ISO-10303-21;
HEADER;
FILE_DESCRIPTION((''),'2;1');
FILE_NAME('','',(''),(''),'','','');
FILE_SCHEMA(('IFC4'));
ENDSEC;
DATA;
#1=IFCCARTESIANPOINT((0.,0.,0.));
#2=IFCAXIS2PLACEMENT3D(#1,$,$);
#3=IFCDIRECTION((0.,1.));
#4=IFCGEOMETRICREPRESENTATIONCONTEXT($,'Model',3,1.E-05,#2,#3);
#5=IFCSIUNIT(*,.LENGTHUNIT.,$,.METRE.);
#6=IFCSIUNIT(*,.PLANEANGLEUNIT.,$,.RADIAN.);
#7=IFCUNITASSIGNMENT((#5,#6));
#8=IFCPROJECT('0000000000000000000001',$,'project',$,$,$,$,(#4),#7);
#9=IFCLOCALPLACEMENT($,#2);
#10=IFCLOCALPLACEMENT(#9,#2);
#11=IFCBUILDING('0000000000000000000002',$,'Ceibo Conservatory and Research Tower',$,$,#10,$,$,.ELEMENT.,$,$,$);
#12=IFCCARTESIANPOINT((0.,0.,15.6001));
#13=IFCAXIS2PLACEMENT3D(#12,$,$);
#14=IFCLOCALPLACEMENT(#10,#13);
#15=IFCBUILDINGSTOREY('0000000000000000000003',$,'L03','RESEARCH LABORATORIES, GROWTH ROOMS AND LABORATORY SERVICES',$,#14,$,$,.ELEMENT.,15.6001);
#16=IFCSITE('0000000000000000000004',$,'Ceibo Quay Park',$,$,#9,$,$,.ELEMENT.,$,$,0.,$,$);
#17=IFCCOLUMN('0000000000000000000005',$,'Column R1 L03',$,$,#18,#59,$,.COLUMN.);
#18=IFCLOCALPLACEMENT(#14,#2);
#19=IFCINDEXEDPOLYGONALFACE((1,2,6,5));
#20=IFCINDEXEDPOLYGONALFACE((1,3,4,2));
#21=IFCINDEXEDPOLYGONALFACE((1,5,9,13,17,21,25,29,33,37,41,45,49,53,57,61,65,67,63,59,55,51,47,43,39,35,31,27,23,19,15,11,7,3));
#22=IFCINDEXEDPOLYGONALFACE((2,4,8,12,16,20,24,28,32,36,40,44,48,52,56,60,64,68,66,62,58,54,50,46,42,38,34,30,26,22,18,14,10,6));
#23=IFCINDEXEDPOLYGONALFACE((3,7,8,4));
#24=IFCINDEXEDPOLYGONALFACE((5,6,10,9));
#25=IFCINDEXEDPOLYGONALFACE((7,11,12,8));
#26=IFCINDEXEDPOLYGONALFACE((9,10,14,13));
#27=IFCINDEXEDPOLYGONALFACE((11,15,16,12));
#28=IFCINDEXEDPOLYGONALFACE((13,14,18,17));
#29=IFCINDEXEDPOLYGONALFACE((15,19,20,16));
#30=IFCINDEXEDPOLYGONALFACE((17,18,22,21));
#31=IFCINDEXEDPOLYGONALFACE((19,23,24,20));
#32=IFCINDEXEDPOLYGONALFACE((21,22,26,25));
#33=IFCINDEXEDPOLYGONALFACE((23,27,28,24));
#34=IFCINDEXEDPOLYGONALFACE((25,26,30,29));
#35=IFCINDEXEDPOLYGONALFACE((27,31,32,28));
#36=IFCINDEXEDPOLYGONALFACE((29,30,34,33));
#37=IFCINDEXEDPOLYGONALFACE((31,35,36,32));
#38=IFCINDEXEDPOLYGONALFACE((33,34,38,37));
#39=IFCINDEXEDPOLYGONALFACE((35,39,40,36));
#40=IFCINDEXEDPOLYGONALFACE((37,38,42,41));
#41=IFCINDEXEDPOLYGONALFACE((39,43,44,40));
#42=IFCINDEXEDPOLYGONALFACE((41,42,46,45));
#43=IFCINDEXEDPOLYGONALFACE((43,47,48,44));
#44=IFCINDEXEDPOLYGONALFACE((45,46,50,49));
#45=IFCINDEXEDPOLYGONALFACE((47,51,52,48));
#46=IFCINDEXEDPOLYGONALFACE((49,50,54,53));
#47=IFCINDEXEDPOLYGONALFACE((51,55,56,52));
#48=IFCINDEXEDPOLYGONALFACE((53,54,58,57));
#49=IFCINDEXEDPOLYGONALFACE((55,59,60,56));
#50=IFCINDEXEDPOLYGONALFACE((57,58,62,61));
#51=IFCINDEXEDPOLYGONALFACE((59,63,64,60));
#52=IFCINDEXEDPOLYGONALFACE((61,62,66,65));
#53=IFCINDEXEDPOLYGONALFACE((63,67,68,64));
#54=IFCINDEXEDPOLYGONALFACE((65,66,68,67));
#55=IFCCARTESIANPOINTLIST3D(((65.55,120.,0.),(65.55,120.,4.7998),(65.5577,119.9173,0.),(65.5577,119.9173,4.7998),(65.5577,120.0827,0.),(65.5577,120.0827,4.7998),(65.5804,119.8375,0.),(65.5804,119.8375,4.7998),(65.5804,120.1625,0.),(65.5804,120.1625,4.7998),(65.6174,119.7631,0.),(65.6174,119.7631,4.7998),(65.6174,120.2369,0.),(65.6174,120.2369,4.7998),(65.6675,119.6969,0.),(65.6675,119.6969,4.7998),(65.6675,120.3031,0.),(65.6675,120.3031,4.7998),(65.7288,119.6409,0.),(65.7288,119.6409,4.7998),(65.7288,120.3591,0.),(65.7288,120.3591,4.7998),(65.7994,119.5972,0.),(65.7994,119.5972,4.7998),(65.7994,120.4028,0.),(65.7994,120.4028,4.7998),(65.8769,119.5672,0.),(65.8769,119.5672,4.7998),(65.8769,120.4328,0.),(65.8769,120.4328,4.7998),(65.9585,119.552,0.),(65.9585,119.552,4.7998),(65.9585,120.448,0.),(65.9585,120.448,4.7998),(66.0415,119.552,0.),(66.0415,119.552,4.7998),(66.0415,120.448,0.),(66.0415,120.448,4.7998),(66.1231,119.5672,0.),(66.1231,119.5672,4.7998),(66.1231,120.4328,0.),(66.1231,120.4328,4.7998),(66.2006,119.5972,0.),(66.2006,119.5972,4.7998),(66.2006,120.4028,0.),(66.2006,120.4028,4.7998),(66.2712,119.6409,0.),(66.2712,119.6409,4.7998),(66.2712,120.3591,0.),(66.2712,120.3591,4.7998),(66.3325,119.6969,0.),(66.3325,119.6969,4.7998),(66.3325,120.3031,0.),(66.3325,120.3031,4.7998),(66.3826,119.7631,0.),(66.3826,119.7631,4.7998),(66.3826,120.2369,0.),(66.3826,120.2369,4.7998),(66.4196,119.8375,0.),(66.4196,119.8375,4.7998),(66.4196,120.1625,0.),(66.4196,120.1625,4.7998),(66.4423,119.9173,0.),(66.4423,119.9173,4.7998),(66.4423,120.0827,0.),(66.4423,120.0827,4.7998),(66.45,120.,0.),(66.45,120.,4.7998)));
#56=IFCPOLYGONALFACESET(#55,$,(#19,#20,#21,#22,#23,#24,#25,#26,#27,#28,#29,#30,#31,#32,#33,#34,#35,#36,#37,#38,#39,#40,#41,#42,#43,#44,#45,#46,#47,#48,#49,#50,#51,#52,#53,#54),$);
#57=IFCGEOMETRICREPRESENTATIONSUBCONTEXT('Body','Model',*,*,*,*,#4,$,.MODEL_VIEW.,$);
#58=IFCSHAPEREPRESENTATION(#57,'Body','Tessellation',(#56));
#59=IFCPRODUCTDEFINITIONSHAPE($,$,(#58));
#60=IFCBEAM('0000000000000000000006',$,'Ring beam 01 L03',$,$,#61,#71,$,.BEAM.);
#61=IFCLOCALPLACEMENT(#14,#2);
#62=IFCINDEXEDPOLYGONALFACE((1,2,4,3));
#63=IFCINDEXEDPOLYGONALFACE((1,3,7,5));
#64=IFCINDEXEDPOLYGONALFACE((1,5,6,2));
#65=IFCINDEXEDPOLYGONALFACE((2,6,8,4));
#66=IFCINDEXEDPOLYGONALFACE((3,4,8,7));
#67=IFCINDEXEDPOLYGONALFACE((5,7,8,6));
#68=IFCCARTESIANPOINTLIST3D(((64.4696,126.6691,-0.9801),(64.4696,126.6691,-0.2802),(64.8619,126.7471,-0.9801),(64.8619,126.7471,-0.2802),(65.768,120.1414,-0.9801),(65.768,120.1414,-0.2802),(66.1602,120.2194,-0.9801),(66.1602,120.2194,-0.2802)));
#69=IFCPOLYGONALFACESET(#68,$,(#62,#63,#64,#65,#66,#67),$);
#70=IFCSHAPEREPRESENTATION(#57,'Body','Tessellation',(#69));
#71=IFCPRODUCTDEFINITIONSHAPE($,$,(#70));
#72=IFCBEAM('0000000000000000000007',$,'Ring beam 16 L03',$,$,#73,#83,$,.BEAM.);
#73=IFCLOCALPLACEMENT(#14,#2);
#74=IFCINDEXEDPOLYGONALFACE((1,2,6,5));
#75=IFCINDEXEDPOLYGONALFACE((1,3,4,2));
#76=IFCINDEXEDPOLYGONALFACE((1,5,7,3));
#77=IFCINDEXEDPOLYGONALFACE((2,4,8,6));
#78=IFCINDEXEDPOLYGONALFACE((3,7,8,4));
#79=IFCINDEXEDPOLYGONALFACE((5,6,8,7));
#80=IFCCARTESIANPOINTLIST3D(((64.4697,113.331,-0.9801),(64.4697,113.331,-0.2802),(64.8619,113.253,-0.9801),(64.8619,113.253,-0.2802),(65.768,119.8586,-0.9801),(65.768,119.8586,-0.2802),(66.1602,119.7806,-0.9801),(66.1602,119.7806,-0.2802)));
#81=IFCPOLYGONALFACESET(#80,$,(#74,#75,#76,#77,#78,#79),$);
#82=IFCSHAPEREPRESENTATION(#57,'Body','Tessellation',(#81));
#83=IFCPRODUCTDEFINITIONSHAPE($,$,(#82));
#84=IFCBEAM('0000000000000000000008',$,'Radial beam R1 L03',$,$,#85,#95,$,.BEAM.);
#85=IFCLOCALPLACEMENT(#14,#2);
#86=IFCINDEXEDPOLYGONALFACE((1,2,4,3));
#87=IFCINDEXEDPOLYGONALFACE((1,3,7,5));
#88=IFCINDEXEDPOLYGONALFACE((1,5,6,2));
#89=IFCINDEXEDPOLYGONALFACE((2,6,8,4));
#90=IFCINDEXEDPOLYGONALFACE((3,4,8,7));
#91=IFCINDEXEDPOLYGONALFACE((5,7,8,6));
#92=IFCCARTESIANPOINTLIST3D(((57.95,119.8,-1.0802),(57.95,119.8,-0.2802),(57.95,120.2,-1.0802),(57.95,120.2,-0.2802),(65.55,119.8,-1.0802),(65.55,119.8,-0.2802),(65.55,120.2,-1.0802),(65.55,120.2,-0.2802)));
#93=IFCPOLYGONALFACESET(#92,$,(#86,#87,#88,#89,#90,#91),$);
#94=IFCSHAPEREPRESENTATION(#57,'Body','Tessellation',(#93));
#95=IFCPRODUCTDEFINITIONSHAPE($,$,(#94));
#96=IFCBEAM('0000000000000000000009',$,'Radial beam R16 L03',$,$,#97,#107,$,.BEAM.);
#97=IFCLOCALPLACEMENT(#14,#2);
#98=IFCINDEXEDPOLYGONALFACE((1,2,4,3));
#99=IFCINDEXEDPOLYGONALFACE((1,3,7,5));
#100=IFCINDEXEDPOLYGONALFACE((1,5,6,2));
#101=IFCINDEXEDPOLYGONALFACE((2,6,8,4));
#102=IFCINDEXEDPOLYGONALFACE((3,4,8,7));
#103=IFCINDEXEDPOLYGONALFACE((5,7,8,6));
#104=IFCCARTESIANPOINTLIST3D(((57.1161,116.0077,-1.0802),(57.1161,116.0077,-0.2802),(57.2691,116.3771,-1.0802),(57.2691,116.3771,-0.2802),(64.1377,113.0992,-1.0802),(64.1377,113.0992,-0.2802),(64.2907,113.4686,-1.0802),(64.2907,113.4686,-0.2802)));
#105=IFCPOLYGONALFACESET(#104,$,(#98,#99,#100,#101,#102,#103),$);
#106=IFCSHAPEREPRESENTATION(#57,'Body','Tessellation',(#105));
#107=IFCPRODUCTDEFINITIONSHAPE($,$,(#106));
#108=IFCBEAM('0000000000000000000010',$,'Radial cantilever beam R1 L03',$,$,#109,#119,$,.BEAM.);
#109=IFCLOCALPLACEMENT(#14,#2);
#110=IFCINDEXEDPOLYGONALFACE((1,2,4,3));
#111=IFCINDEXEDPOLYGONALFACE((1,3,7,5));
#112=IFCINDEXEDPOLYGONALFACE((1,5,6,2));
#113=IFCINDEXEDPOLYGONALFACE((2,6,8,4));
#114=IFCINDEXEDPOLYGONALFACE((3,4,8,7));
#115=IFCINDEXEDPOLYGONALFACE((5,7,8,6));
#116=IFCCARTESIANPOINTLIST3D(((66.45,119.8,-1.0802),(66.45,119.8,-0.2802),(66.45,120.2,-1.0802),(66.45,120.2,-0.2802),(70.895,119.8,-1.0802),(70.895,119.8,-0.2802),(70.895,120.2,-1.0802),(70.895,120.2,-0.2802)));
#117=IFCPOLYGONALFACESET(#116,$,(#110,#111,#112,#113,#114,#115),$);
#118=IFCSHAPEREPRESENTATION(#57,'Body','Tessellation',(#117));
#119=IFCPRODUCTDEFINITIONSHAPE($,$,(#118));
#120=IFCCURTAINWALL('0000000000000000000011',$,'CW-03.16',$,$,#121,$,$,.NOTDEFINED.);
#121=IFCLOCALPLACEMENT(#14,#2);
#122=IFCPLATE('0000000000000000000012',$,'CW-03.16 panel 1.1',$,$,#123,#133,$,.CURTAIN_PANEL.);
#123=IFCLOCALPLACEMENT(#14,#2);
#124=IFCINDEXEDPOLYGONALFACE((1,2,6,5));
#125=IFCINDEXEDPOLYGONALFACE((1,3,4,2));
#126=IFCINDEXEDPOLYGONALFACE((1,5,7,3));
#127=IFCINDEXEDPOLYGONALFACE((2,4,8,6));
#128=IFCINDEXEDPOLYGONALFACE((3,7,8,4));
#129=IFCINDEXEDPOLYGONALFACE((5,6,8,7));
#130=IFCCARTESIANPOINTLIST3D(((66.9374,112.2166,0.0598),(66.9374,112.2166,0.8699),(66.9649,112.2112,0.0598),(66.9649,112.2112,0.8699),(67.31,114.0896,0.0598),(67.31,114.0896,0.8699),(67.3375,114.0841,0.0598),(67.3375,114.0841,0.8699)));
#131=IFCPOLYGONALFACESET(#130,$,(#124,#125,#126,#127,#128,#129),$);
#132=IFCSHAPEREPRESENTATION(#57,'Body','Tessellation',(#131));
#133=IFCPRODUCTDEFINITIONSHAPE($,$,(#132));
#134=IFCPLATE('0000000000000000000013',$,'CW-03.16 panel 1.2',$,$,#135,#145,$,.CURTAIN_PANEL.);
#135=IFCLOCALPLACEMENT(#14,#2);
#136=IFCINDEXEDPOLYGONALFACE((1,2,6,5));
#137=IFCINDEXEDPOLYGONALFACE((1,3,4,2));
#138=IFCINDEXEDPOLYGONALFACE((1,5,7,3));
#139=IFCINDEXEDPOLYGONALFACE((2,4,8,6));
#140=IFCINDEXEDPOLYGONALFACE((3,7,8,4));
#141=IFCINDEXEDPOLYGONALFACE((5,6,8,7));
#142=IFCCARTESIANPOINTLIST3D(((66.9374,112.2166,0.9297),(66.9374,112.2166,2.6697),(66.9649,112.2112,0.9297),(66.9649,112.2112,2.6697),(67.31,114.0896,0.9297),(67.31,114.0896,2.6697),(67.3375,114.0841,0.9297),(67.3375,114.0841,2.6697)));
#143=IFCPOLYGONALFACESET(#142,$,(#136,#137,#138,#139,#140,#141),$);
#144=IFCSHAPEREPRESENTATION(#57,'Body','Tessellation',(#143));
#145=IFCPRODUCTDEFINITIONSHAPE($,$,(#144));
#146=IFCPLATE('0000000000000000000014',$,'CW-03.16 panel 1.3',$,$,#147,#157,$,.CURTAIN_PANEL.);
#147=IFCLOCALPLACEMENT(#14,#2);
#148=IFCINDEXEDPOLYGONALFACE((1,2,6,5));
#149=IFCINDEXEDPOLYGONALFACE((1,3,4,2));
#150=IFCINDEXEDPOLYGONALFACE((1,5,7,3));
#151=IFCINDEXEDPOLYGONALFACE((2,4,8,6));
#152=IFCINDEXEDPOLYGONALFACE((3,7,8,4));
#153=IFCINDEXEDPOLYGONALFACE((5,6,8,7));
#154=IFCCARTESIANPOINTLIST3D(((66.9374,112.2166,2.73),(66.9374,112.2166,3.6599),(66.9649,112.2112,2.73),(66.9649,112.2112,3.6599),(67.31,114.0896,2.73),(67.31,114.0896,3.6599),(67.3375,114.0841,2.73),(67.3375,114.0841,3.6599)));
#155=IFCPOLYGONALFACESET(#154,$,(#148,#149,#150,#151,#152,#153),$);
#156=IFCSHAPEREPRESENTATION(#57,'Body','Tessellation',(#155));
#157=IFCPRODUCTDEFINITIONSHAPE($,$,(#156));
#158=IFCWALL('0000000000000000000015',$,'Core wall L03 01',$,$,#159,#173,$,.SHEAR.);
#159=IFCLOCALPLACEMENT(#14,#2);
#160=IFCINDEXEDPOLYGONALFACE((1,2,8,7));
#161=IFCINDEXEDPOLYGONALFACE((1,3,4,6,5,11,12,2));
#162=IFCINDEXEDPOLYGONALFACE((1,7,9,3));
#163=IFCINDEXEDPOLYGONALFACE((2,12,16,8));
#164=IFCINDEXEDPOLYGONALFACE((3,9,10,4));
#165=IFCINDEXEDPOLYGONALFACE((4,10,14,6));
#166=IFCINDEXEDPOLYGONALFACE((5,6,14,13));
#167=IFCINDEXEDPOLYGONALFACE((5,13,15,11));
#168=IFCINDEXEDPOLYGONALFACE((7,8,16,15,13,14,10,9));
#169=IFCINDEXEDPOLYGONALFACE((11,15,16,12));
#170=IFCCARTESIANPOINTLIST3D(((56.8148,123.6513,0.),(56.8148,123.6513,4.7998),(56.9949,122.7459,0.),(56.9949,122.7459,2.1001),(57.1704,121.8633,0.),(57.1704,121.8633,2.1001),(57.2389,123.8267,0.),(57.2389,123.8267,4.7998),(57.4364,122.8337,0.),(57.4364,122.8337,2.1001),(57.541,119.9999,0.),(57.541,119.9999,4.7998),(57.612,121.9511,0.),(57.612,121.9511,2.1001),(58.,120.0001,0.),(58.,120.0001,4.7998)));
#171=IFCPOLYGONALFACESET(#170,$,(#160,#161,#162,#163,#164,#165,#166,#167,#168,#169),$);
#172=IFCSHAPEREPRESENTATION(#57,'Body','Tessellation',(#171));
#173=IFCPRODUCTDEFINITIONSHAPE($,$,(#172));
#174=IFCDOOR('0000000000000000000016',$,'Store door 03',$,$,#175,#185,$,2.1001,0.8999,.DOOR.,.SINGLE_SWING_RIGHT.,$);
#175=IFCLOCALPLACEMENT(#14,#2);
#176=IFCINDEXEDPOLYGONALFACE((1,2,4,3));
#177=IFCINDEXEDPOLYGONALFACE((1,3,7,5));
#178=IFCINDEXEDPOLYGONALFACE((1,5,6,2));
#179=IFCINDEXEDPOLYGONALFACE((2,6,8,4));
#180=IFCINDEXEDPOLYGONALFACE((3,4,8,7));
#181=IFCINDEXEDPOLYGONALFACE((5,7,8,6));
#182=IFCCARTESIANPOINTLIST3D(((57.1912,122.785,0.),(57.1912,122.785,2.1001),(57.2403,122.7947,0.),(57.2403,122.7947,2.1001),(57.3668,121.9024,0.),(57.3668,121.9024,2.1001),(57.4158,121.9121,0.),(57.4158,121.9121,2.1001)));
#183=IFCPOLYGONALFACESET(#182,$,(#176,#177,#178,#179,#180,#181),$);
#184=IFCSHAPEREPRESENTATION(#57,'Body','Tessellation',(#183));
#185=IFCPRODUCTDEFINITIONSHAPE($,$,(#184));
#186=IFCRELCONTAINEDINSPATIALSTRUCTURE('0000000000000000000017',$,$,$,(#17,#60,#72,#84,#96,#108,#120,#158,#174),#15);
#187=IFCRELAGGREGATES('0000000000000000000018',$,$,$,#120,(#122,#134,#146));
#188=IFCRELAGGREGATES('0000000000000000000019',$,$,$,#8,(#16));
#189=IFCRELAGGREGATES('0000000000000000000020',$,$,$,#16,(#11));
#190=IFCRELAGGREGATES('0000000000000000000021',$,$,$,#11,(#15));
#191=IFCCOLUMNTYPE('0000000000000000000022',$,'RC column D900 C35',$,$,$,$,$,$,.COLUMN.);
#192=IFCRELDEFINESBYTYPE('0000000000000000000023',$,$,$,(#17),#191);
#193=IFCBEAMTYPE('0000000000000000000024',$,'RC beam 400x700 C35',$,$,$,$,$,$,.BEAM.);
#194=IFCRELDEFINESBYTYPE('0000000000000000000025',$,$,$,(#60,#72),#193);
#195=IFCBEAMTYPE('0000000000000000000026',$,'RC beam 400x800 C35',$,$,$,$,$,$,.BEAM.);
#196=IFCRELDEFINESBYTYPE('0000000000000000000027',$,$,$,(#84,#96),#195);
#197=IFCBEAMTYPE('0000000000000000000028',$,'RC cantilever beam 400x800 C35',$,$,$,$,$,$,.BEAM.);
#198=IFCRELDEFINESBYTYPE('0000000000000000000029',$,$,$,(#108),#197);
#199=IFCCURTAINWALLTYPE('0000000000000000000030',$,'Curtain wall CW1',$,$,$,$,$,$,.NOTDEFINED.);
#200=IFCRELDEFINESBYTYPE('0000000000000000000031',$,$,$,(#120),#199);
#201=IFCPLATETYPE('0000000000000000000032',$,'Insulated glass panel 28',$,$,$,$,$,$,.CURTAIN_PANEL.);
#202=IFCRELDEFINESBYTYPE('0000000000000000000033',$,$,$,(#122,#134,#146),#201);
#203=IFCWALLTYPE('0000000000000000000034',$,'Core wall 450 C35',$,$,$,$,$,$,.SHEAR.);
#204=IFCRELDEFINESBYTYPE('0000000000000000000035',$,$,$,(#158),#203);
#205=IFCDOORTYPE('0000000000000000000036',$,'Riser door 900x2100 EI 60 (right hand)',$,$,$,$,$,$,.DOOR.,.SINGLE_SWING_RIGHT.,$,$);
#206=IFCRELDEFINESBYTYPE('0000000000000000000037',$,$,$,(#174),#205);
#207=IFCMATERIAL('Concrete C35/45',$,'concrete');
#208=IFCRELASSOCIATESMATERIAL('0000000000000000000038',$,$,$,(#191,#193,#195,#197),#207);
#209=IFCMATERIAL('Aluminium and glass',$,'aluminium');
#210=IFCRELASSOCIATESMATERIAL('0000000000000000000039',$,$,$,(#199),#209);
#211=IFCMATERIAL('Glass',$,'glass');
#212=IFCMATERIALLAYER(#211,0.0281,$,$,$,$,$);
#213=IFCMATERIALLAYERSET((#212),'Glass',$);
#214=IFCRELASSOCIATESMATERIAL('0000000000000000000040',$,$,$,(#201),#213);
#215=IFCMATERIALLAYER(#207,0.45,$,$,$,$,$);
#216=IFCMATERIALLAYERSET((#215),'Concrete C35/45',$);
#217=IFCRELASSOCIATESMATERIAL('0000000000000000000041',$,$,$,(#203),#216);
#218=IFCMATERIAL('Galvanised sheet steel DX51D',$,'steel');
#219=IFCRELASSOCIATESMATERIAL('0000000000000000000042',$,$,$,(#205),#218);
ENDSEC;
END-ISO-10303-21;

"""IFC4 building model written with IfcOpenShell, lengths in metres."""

from ifc_helpers import new_model, si_unit, direction, frame, frame_2d, origin, origin_2d, place, context, subcontext, project, spatial, polyline, rectangle, circle, outline, extrude, material, layer, layer_set, material_profile, profile_set, type_object, element, fill, aggregate, save


model = new_model("IFC4")

# Units and contexts
model_context = context("Model", 3, precision=1e-05, world=origin(), true_north=direction((0.0, 1.0)))
body_context = subcontext(model_context, "Body", "Model", "MODEL_VIEW")
ifc_project = project(units=[si_unit("LENGTHUNIT", "METRE"), si_unit("PLANEANGLEUNIT", "RADIAN")], contexts=[model_context])

# Site, building, storey
site_placement = place(None, origin())
site = spatial("IfcSite", under=ifc_project, at=site_placement, Name="Ceibo Quay Park", CompositionType="ELEMENT", RefElevation=0.0)
building_placement = place(site_placement, origin())
building = spatial("IfcBuilding", under=site, at=building_placement, Name="Ceibo Conservatory and Research Tower", CompositionType="ELEMENT")
storey_placement = place(building_placement, frame((0.0, 0.0, 15.6001)))
storey = spatial("IfcBuildingStorey", under=building, at=storey_placement, Name="L03", Description="RESEARCH LABORATORIES, GROWTH ROOMS AND LABORATORY SERVICES", CompositionType="ELEMENT", Elevation=15.6001)

# Column
ifc_material_1 = material(Name="Concrete C35/45", Category="concrete")
ifc_material_profile_1 = material_profile(ifc_material_1, circle(Radius=0.45, at=origin_2d()), Name="RC D900")
ifc_profile_set_1 = profile_set([ifc_material_profile_1], Name="Concrete C35/45")
column_type = type_object("IfcColumnType", Name="RC column D900 C35", PredefinedType="COLUMN", material=ifc_profile_set_1)
column_placement = place(storey_placement, frame((66.0, 120.0, 0.0), z_axis=(0.0, 0.0, 1.0), x_axis=(1.0, 0.0, 0.0)))
element("IfcColumn", 1, at=column_placement, inside=storey, type_object=column_type, Name="Column R1 L03", PredefinedType="COLUMN", context=body_context, shape_type="SweptSolid", body=[
    extrude(circle(Radius=0.45, at=origin_2d()), origin(), (0.0, 0.0, 1.0), 4.7998),
])

# Beams
ifc_material_profile_2 = material_profile(ifc_material_1, rectangle(XDim=0.3999, YDim=0.7, at=origin_2d()), Name="RC 400x700")
ifc_profile_set_2 = profile_set([ifc_material_profile_2], Name="Concrete C35/45")
beam_type_1 = type_object("IfcBeamType", Name="RC beam 400x700 C35", PredefinedType="BEAM", material=ifc_profile_set_2)
for number, where, z_axis, x_axis, name in (
    (2, (65.9641, 120.1804, -0.6301), (-0.195079, 0.980788, 0.0), (-0.980788, -0.195079, 0.0), "Ring beam 01 L03"),
    (3, (64.6658, 113.292, -0.6301), (0.195079, 0.980788, 0.0), (-0.980788, 0.195079, 0.0), "Ring beam 16 L03"),
):
    element("IfcBeam", number, at=place(storey_placement, frame(where, z_axis=z_axis, x_axis=x_axis)), inside=storey, type_object=beam_type_1, Name=name, PredefinedType="BEAM", context=body_context, shape_type="SweptSolid", body=[
        extrude(rectangle(XDim=0.3999, YDim=0.7, at=origin_2d()), origin(), (0.0, 0.0, 1.0), 6.6555),
    ])
ifc_material_profile_3 = material_profile(ifc_material_1, rectangle(XDim=0.3999, YDim=0.8, at=origin_2d()), Name="RC 400x800")
ifc_profile_set_3 = profile_set([ifc_material_profile_3], Name="Concrete C35/45")
beam_type_2 = type_object("IfcBeamType", Name="RC beam 400x800 C35", PredefinedType="BEAM", material=ifc_profile_set_3)
for number, where, z_axis, x_axis, name in (
    (4, (57.95, 120.0, -0.6802), (1.0, 0.0, 0.0), (0.0, 1.0, 0.0), "Radial beam R1 L03"),
    (5, (57.1926, 116.1924, -0.6802), (0.923877, -0.382689, 0.0), (0.382689, 0.923877, 0.0), "Radial beam R16 L03"),
):
    element("IfcBeam", number, at=place(storey_placement, frame(where, z_axis=z_axis, x_axis=x_axis)), inside=storey, type_object=beam_type_2, Name=name, PredefinedType="BEAM", context=body_context, shape_type="SweptSolid", body=[
        extrude(rectangle(XDim=0.3999, YDim=0.8, at=origin_2d()), origin(), (0.0, 0.0, 1.0), 7.6001),
    ])
ifc_material_profile_4 = material_profile(ifc_material_1, rectangle(XDim=0.3999, YDim=0.8, at=origin_2d()), Name="RC 400x800")
ifc_profile_set_4 = profile_set([ifc_material_profile_4], Name="Concrete C35/45")
beam_type_3 = type_object("IfcBeamType", Name="RC cantilever beam 400x800 C35", PredefinedType="BEAM", material=ifc_profile_set_4)
beam_placement = place(storey_placement, frame((66.45, 120.0, -0.6802), z_axis=(1.0, 0.0, 0.0), x_axis=(0.0, 1.0, 0.0)))
element("IfcBeam", 6, at=beam_placement, inside=storey, type_object=beam_type_3, Name="Radial cantilever beam R1 L03", PredefinedType="BEAM", context=body_context, shape_type="SweptSolid", body=[
    extrude(rectangle(XDim=0.3999, YDim=0.8, at=origin_2d()), origin(), (0.0, 0.0, 1.0), 4.4451),
])

# Curtain wall, plates
ifc_material_2 = material(Name="Aluminium and glass", Category="aluminium")
curtain_wall_type = type_object("IfcCurtainWallType", Name="Curtain wall CW1", PredefinedType="NOTDEFINED", material=ifc_material_2)
curtain_wall_placement = place(storey_placement, origin())
curtain_wall = element("IfcCurtainWall", 7, at=curtain_wall_placement, inside=storey, type_object=curtain_wall_type, Name="CW-03.16", PredefinedType="NOTDEFINED")
ifc_material_3 = material(Name="Glass", Category="glass")
ifc_layer_1 = layer(ifc_material_3, 0.0281)
ifc_layer_set_1 = layer_set([ifc_layer_1], Name="Glass")
plate_type = type_object("IfcPlateType", Name="Insulated glass panel 28", PredefinedType="CURTAIN_PANEL", material=ifc_layer_set_1)
plate_1_placement = place(storey_placement, frame((67.1375, 113.1504, 0.0598), z_axis=(0.0, 0.0, 1.0), x_axis=(0.19509, 0.980785, 0.0)))
plate_1 = element("IfcPlate", 8, at=plate_1_placement, type_object=plate_type, Name="CW-03.16 panel 1.1", PredefinedType="CURTAIN_PANEL", context=body_context, shape_type="SweptSolid", body=[
    extrude(rectangle(XDim=1.9097, YDim=0.0281, at=origin_2d()), origin(), (0.0, 0.0, 1.0), 0.8101),
])
plate_2_placement = place(storey_placement, frame((67.1375, 113.1504, 0.9297), z_axis=(0.0, 0.0, 1.0), x_axis=(0.19509, 0.980785, 0.0)))
plate_2 = element("IfcPlate", 9, at=plate_2_placement, type_object=plate_type, Name="CW-03.16 panel 1.2", PredefinedType="CURTAIN_PANEL", context=body_context, shape_type="SweptSolid", body=[
    extrude(rectangle(XDim=1.9097, YDim=0.0281, at=origin_2d()), origin(), (0.0, 0.0, 1.0), 1.74),
])
plate_3_placement = place(storey_placement, frame((67.1375, 113.1504, 2.73), z_axis=(0.0, 0.0, 1.0), x_axis=(0.19509, 0.980785, 0.0)))
plate_3 = element("IfcPlate", 10, at=plate_3_placement, type_object=plate_type, Name="CW-03.16 panel 1.3", PredefinedType="CURTAIN_PANEL", context=body_context, shape_type="SweptSolid", body=[
    extrude(rectangle(XDim=1.9097, YDim=0.0281, at=origin_2d()), origin(), (0.0, 0.0, 1.0), 0.9299),
])
aggregate(curtain_wall, [plate_1, plate_2, plate_3])

# Wall, opening, door
ifc_layer_2 = layer(ifc_material_1, 0.45)
ifc_layer_set_2 = layer_set([ifc_layer_2], Name="Concrete C35/45")
wall_type_1 = type_object("IfcWallType", Name="Core wall 450 C35", PredefinedType="SHEAR", material=ifc_layer_set_2)
wall_1_placement = place(storey_placement, frame((57.7705, 120.0, 0.0), z_axis=(0.0, 0.0, 1.0), x_axis=(-0.195069, 0.980789, 0.0)))
wall_1 = element("IfcWall", 11, at=wall_1_placement, inside=storey, type_object=wall_type_1, Name="Core wall L03 01", PredefinedType="SHEAR", context=body_context, shape_type="SweptSolid", body=[
    extrude(outline(polyline([(-0.0447, -0.2251), (3.8569, -0.2251), (3.7676, 0.2251), (0.0447, 0.2251), (-0.0447, -0.2251)])), origin(), (0.0, 0.0, 1.0), 4.7998),
])
opening_1_placement = place(wall_1_placement, frame((1.9446, 0.0, 0.0)))
opening_1 = element("IfcOpeningElement", 12, at=opening_1_placement, cuts=wall_1, PredefinedType="OPENING", context=body_context, shape_type="SweptSolid", body=[
    extrude(rectangle(XDim=0.8999, YDim=2.1001, at=frame_2d((0.45, 1.05))), frame((0.0, 0.2349, 0.0), z_axis=(0.0, -1.0, 0.0), x_axis=(1.0, 0.0, 0.0)), (0.0, 0.0, 1.0), 0.47),
])
ifc_material_4 = material(Name="Galvanised sheet steel DX51D", Category="steel")
door_type_1 = type_object("IfcDoorType", Name="Riser door 900x2100 EI 60 (right hand)", OperationType="SINGLE_SWING_RIGHT", PredefinedType="DOOR", material=ifc_material_4)
door_1_placement = place(opening_1_placement, origin())
door_1 = element("IfcDoor", 13, at=door_1_placement, inside=storey, type_object=door_type_1, Name="Store door 03", OperationType="SINGLE_SWING_RIGHT", OverallHeight=2.1001, OverallWidth=0.8999, PredefinedType="DOOR", context=body_context, shape_type="SweptSolid", body=[
    extrude(rectangle(XDim=0.8999, YDim=2.1001, at=frame_2d((0.45, 1.05))), frame((0.0, 0.0249, 0.0), z_axis=(0.0, -1.0, 0.0), x_axis=(1.0, 0.0, 0.0)), (0.0, 0.0, 1.0), 0.05),
])
fill(opening_1, door_1)

save(model, "model.ifc")
